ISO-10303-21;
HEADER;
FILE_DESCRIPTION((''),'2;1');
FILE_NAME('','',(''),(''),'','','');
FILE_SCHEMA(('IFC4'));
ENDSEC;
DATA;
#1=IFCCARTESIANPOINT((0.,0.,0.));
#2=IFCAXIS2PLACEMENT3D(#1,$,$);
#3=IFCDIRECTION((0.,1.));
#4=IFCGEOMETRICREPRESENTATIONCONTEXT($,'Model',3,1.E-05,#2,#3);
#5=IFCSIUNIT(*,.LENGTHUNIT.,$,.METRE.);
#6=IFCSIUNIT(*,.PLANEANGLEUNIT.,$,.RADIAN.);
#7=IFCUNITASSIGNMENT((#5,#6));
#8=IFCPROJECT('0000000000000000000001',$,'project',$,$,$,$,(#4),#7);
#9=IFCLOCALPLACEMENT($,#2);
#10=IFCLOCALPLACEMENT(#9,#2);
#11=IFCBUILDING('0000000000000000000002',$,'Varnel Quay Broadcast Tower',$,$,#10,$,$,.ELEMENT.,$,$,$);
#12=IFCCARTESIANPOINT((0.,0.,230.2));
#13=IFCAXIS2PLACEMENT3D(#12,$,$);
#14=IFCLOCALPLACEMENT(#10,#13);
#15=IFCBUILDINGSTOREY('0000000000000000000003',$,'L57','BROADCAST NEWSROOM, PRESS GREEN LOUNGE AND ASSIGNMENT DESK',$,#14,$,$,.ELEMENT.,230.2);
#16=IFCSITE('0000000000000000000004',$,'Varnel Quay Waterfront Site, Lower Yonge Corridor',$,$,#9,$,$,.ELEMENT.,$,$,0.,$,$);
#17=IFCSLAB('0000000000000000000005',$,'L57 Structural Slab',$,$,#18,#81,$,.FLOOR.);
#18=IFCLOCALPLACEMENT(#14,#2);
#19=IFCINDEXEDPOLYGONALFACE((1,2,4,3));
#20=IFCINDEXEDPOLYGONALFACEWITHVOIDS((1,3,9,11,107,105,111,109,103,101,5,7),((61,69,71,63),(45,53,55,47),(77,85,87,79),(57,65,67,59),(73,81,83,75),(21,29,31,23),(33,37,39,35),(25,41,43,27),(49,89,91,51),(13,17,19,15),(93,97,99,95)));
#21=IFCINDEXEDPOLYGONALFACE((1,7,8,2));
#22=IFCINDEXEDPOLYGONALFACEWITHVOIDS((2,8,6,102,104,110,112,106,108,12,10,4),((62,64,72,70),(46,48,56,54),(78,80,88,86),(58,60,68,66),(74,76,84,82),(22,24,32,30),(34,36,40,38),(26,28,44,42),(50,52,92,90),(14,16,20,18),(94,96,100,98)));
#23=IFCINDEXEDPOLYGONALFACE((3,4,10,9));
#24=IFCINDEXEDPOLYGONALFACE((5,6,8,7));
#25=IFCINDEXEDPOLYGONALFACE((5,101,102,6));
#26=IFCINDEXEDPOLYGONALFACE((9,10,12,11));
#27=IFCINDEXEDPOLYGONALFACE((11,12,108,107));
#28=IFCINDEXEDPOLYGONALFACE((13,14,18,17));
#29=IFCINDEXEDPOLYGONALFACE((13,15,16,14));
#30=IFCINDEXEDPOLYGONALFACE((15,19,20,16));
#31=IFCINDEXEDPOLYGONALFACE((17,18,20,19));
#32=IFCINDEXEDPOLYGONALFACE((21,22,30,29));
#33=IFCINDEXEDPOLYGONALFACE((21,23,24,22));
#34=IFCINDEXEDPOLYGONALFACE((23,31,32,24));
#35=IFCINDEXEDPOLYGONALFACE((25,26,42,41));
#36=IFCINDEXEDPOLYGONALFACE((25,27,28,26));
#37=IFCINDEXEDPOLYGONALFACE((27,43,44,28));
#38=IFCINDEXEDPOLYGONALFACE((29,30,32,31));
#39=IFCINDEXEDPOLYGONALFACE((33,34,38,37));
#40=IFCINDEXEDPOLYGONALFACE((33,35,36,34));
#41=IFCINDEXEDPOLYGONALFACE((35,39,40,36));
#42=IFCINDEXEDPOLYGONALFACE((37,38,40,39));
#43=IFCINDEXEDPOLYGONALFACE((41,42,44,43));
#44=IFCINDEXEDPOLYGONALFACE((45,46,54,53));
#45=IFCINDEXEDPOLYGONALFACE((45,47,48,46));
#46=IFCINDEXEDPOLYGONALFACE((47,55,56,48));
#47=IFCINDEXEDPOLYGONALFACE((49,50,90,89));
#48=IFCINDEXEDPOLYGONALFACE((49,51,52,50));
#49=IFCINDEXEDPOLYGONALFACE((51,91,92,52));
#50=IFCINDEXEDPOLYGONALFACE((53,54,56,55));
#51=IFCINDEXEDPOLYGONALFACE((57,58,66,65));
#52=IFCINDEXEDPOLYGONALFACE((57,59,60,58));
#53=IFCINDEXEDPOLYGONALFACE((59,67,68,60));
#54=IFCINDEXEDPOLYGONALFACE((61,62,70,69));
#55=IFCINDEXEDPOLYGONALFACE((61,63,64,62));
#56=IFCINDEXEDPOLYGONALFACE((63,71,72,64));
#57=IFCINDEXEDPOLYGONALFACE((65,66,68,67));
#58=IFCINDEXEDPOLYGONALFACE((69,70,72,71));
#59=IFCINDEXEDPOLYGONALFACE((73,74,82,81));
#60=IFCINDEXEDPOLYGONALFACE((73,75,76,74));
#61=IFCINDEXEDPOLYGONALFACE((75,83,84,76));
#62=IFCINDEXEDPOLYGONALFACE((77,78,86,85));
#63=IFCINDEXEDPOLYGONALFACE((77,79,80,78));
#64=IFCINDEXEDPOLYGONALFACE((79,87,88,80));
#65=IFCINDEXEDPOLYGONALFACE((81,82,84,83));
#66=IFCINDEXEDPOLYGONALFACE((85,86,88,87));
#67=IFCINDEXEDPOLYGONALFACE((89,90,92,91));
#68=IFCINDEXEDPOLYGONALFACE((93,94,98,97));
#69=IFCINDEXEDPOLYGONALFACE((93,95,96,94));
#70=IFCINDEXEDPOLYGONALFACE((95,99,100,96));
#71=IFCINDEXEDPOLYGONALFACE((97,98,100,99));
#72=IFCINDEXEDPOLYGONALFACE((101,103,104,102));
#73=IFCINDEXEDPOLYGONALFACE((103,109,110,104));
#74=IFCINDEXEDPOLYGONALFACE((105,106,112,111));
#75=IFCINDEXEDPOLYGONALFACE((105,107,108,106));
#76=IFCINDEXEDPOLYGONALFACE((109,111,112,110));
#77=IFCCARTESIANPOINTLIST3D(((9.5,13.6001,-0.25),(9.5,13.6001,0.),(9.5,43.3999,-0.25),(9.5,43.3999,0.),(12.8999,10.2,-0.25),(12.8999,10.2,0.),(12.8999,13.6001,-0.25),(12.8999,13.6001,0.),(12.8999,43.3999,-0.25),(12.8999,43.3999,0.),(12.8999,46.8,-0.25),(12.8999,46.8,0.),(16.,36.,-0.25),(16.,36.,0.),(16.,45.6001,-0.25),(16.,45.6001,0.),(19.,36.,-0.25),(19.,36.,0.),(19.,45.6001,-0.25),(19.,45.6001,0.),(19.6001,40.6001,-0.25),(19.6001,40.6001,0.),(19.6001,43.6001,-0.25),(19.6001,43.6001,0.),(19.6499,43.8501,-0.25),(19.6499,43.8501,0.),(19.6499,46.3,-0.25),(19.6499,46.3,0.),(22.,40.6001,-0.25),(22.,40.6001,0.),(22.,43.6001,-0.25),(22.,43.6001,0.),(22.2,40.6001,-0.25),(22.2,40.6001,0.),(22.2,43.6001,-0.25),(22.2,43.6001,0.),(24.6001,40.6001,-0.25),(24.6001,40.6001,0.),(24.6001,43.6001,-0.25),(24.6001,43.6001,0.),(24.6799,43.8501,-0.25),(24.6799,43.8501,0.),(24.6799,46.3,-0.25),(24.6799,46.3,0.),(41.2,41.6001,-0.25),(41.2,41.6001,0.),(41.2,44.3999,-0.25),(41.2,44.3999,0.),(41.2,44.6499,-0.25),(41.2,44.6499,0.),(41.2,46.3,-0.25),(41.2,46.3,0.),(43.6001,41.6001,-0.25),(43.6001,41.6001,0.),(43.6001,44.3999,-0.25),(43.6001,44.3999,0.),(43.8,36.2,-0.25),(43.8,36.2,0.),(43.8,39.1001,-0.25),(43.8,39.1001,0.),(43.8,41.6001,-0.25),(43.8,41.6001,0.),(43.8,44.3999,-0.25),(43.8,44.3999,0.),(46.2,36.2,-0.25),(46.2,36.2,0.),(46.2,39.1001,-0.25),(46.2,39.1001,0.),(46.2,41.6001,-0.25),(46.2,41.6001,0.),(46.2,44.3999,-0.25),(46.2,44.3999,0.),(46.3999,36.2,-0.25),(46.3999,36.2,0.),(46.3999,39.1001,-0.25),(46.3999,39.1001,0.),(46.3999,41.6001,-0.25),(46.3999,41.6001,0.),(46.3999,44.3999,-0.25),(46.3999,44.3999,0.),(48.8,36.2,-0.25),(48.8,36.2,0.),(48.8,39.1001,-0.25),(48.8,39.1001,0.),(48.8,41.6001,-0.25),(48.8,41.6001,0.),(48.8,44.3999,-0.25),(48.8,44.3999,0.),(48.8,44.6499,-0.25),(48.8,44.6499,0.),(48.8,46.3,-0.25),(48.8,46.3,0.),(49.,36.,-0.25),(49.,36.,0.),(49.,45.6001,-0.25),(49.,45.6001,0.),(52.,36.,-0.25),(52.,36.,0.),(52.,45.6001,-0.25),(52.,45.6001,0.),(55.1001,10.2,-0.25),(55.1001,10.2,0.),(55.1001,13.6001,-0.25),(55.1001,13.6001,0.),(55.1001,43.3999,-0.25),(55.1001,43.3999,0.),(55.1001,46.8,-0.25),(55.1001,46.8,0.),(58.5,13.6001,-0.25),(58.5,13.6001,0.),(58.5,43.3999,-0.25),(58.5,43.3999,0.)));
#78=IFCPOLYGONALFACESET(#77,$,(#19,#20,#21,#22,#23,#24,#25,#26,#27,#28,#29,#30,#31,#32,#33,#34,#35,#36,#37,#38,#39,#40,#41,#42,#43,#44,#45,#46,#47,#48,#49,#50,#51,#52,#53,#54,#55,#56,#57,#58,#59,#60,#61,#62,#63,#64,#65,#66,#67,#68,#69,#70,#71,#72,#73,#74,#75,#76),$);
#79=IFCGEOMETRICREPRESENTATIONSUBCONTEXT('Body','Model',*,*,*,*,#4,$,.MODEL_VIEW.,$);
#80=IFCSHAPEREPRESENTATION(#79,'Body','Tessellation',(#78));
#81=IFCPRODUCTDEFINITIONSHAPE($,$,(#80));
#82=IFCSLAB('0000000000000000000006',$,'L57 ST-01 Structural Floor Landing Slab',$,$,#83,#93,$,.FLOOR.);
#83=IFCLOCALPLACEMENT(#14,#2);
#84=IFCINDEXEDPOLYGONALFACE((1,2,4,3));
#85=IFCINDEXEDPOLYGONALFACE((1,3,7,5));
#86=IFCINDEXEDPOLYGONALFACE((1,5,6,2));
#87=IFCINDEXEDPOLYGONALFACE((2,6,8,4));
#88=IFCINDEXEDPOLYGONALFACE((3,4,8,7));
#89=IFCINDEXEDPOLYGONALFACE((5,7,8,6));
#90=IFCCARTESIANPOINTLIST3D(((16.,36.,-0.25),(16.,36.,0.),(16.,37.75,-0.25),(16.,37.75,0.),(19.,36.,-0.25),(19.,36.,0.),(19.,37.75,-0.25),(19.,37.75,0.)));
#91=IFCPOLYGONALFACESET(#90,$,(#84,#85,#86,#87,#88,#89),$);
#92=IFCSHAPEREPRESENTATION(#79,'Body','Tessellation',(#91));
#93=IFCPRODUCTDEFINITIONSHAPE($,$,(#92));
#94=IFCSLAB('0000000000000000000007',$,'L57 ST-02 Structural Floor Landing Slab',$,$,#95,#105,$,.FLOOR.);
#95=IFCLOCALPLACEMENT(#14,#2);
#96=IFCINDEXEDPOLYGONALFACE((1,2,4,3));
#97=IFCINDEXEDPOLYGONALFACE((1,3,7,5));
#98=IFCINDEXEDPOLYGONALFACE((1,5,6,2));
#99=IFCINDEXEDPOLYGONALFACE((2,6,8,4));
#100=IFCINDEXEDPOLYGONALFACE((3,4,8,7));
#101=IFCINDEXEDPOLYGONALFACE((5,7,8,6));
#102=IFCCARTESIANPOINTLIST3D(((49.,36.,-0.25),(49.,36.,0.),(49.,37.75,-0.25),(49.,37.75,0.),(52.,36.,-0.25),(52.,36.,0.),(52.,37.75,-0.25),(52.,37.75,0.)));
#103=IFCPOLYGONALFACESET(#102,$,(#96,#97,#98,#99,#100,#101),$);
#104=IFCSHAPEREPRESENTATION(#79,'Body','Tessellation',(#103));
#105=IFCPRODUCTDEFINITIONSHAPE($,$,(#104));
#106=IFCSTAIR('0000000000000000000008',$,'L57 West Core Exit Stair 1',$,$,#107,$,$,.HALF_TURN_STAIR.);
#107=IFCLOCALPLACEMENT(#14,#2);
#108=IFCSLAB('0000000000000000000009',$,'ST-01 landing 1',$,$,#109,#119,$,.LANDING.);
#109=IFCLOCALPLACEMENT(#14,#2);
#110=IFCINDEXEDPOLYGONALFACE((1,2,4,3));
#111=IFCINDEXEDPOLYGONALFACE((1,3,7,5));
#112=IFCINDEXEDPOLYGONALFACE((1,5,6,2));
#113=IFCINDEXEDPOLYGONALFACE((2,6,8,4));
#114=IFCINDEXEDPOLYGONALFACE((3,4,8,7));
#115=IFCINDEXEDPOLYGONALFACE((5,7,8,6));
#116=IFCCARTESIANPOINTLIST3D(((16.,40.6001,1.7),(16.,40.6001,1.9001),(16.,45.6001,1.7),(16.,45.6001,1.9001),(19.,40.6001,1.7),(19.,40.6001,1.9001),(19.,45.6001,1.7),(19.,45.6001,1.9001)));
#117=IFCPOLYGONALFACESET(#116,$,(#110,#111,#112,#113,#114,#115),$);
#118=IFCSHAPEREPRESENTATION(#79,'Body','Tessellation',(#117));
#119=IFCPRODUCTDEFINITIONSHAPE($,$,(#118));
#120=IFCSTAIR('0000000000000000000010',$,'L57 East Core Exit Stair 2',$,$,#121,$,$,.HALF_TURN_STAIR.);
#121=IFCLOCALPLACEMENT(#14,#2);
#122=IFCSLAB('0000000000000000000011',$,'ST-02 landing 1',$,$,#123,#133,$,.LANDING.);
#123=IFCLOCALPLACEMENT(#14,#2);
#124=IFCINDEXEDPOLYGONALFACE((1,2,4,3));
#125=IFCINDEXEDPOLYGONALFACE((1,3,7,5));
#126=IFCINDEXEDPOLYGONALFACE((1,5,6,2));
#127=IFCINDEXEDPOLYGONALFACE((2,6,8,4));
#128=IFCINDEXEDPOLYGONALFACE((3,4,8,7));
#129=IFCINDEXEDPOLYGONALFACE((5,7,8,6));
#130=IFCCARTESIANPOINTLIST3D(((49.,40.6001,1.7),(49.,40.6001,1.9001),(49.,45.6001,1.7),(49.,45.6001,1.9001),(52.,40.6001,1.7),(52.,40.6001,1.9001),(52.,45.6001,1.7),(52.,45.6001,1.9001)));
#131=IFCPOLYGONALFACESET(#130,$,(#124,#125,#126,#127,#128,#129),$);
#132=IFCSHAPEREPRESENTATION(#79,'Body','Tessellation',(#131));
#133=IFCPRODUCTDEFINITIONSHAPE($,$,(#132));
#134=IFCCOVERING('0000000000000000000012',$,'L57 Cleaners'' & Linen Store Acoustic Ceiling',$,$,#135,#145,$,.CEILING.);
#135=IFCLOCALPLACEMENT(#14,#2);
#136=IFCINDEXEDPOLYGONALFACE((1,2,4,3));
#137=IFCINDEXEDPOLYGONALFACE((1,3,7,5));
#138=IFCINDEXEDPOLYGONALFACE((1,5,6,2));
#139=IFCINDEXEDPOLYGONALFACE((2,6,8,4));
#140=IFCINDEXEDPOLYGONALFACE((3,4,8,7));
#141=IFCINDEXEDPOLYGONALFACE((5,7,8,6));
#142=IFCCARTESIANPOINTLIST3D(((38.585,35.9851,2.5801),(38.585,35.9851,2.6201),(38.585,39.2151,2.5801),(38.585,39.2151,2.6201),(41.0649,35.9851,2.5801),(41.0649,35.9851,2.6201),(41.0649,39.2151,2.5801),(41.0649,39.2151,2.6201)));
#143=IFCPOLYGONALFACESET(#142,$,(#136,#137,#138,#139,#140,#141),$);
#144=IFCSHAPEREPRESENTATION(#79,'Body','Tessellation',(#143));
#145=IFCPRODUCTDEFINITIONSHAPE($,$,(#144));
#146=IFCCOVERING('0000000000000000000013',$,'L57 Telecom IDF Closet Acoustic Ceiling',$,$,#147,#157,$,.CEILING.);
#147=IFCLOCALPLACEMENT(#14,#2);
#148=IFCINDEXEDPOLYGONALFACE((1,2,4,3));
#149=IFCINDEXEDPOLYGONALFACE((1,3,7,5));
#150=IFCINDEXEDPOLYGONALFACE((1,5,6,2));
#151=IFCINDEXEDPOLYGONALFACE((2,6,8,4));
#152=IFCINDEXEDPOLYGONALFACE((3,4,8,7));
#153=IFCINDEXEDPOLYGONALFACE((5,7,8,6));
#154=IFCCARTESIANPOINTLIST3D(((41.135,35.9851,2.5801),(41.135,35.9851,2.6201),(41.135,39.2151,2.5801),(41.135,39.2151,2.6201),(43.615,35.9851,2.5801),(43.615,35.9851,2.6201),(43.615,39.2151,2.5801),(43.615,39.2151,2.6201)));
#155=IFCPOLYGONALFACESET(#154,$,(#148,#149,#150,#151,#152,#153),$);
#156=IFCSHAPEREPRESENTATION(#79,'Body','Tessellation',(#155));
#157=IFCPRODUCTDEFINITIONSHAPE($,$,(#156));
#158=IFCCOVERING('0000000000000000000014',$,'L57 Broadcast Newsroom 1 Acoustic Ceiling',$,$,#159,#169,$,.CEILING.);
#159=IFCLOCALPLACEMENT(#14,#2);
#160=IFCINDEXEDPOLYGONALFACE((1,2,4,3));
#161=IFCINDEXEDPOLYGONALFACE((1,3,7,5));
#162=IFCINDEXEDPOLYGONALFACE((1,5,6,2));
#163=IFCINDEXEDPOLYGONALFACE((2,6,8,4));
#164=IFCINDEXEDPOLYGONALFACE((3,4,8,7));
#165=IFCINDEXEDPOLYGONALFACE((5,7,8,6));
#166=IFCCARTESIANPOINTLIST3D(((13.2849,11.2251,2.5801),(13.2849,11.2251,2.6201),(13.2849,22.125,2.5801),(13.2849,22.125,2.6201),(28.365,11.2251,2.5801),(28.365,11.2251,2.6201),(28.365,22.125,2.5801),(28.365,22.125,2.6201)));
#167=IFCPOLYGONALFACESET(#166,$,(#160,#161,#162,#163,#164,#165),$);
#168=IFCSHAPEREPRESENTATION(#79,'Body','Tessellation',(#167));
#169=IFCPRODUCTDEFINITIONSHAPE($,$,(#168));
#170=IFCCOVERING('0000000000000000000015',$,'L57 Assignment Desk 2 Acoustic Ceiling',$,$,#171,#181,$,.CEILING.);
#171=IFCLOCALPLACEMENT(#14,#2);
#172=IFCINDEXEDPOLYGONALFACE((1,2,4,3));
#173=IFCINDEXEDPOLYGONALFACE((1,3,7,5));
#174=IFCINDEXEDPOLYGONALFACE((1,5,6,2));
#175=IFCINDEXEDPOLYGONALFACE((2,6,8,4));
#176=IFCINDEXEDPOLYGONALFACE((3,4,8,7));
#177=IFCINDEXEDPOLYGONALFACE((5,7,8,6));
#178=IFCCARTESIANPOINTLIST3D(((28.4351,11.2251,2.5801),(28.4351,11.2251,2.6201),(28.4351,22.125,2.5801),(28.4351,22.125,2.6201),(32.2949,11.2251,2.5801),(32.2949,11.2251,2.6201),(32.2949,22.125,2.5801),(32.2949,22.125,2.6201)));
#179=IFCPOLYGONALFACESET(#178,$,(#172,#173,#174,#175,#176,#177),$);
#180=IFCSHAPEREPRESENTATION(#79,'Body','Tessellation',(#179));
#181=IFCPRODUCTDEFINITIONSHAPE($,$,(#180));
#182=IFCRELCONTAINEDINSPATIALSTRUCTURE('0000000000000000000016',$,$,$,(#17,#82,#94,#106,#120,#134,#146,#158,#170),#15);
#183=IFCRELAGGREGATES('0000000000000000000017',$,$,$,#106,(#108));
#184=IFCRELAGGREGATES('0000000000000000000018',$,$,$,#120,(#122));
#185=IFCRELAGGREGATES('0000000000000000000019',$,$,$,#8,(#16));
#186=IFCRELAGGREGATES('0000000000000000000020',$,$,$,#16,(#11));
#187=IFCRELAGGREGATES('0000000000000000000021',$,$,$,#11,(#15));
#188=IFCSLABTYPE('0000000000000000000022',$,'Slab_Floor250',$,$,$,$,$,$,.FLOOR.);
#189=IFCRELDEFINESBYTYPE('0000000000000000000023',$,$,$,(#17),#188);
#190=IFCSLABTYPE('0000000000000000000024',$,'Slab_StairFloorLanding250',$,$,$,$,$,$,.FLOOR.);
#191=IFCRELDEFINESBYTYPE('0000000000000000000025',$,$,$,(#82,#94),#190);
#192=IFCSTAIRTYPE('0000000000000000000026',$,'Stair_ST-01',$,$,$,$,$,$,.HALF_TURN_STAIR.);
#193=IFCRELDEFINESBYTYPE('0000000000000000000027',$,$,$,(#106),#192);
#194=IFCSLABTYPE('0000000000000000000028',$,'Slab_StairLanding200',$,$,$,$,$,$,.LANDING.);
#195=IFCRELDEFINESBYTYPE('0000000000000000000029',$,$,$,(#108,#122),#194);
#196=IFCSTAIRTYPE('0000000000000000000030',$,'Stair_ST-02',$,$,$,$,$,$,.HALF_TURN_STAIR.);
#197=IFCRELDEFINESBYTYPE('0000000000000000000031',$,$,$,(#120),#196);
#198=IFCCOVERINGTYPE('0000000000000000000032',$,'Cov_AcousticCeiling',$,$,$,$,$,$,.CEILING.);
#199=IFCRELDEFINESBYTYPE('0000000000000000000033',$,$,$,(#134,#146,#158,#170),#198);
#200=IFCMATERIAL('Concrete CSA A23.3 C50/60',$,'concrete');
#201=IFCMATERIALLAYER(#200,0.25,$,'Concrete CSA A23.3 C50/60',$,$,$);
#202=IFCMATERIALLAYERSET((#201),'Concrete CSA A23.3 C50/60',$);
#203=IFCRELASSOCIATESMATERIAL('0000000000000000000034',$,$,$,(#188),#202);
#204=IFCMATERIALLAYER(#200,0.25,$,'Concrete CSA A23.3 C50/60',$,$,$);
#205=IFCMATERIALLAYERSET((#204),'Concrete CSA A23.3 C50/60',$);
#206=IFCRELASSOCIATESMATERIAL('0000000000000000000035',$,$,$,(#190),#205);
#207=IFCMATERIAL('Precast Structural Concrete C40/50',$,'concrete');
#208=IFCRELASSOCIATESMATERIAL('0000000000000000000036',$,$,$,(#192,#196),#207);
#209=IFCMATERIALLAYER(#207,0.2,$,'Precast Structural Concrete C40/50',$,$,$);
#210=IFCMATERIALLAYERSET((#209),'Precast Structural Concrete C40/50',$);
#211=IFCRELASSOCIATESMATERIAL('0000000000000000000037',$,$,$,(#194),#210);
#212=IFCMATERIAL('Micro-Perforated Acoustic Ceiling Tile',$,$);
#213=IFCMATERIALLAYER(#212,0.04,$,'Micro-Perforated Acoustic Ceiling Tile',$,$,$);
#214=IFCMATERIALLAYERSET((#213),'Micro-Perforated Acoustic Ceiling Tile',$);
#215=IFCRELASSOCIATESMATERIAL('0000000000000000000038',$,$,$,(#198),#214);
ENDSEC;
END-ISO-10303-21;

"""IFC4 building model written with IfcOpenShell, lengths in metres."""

from ifc_helpers import new_model, si_unit, direction, frame, origin, place, context, subcontext, project, spatial, polyline, outline, extrude, material, layer, layer_set, type_object, element, aggregate, save


model = new_model("IFC4")

# Units and contexts
model_context = context("Model", 3, precision=1e-05, world=origin(), true_north=direction((0.0, 1.0)))
body_context = subcontext(model_context, "Body", "Model", "MODEL_VIEW")
ifc_project = project(units=[si_unit("LENGTHUNIT", "METRE"), si_unit("PLANEANGLEUNIT", "RADIAN")], contexts=[model_context])

# Site, building, storey
site_placement = place(None, origin())
site = spatial("IfcSite", under=ifc_project, at=site_placement, Name="Varnel Quay Waterfront Site, Lower Yonge Corridor", CompositionType="ELEMENT", RefElevation=0.0)
building_placement = place(site_placement, origin())
building = spatial("IfcBuilding", under=site, at=building_placement, Name="Varnel Quay Broadcast Tower", CompositionType="ELEMENT")
storey_placement = place(building_placement, frame((0.0, 0.0, 230.2)))
storey = spatial("IfcBuildingStorey", under=building, at=storey_placement, Name="L57", Description="BROADCAST NEWSROOM, PRESS GREEN LOUNGE AND ASSIGNMENT DESK", CompositionType="ELEMENT", Elevation=230.2)

# Slabs
ifc_material_1 = material(Name="Concrete CSA A23.3 C50/60", Category="concrete")
ifc_layer_1 = layer(ifc_material_1, 0.25, Name="Concrete CSA A23.3 C50/60")
ifc_layer_set_1 = layer_set([ifc_layer_1], Name="Concrete CSA A23.3 C50/60")
slab_type_1 = type_object("IfcSlabType", Name="Slab_Floor250", PredefinedType="FLOOR", material=ifc_layer_set_1)
slab_1_placement = place(storey_placement, frame((0.0, 0.0, -0.25)))
element("IfcSlab", 1, at=slab_1_placement, inside=storey, type_object=slab_type_1, Name="L57 Structural Slab", PredefinedType="FLOOR", context=body_context, shape_type="SweptSolid", body=[
    extrude(outline(polyline([(12.8999, 10.2), (55.1001, 10.2), (55.1001, 13.6001), (58.5, 13.6001), (58.5, 43.3999), (55.1001, 43.3999), (55.1001, 46.8), (12.8999, 46.8), (12.8999, 43.3999), (9.5, 43.3999), (9.5, 13.6001), (12.8999, 13.6001), (12.8999, 10.2)]), holes=[polyline([(19.0, 36.0), (16.0, 36.0), (16.0, 45.6001), (19.0, 45.6001), (19.0, 36.0)]), polyline([(19.6001, 40.6001), (19.6001, 43.6001), (22.0, 43.6001), (22.0, 40.6001), (19.6001, 40.6001)]), polyline([(22.2, 40.6001), (22.2, 43.6001), (24.6001, 43.6001), (24.6001, 40.6001), (22.2, 40.6001)]), polyline([(41.2, 44.3999), (43.6001, 44.3999), (43.6001, 41.6001), (41.2, 41.6001), (41.2, 44.3999)]), polyline([(43.8, 44.3999), (46.2, 44.3999), (46.2, 41.6001), (43.8, 41.6001), (43.8, 44.3999)]), polyline([(19.6499, 43.8501), (19.6499, 46.3), (24.6799, 46.3), (24.6799, 43.8501), (19.6499, 43.8501)]), polyline([(43.8, 39.1001), (46.2, 39.1001), (46.2, 36.2), (43.8, 36.2), (43.8, 39.1001)]), polyline([(46.3999, 39.1001), (48.8, 39.1001), (48.8, 36.2), (46.3999, 36.2), (46.3999, 39.1001)]), polyline([(52.0, 36.0), (49.0, 36.0), (49.0, 45.6001), (52.0, 45.6001), (52.0, 36.0)]), polyline([(46.3999, 44.3999), (48.8, 44.3999), (48.8, 41.6001), (46.3999, 41.6001), (46.3999, 44.3999)]), polyline([(41.2, 46.3), (48.8, 46.3), (48.8, 44.6499), (41.2, 44.6499), (41.2, 46.3)])]), origin(), (0.0, 0.0, 1.0), 0.25),
])
ifc_layer_2 = layer(ifc_material_1, 0.25, Name="Concrete CSA A23.3 C50/60")
ifc_layer_set_2 = layer_set([ifc_layer_2], Name="Concrete CSA A23.3 C50/60")
slab_type_2 = type_object("IfcSlabType", Name="Slab_StairFloorLanding250", PredefinedType="FLOOR", material=ifc_layer_set_2)
slab_2_placement = place(storey_placement, frame((0.0, 0.0, -0.25)))
element("IfcSlab", 2, at=slab_2_placement, inside=storey, type_object=slab_type_2, Name="L57 ST-01 Structural Floor Landing Slab", PredefinedType="FLOOR", context=body_context, shape_type="SweptSolid", body=[
    extrude(outline(polyline([(19.0, 36.0), (19.0, 37.75), (16.0, 37.75), (16.0, 36.0), (19.0, 36.0)])), origin(), (0.0, 0.0, 1.0), 0.25),
])
slab_3_placement = place(storey_placement, frame((0.0, 0.0, -0.25)))
element("IfcSlab", 3, at=slab_3_placement, inside=storey, type_object=slab_type_2, Name="L57 ST-02 Structural Floor Landing Slab", PredefinedType="FLOOR", context=body_context, shape_type="SweptSolid", body=[
    extrude(outline(polyline([(52.0, 36.0), (52.0, 37.75), (49.0, 37.75), (49.0, 36.0), (52.0, 36.0)])), origin(), (0.0, 0.0, 1.0), 0.25),
])

# Stairs, slabs
ifc_material_2 = material(Name="Precast Structural Concrete C40/50", Category="concrete")
stair_type_1 = type_object("IfcStairType", Name="Stair_ST-01", PredefinedType="HALF_TURN_STAIR", material=ifc_material_2)
stair_1_placement = place(storey_placement, origin())
stair_1 = element("IfcStair", 4, at=stair_1_placement, inside=storey, type_object=stair_type_1, Name="L57 West Core Exit Stair 1", PredefinedType="HALF_TURN_STAIR")
ifc_layer_3 = layer(ifc_material_2, 0.2, Name="Precast Structural Concrete C40/50")
ifc_layer_set_3 = layer_set([ifc_layer_3], Name="Precast Structural Concrete C40/50")
slab_type_3 = type_object("IfcSlabType", Name="Slab_StairLanding200", PredefinedType="LANDING", material=ifc_layer_set_3)
slab_4_placement = place(storey_placement, frame((0.0, 0.0, 1.7)))
slab_4 = element("IfcSlab", 5, at=slab_4_placement, type_object=slab_type_3, Name="ST-01 landing 1", PredefinedType="LANDING", context=body_context, shape_type="SweptSolid", body=[
    extrude(outline(polyline([(19.0, 40.6001), (19.0, 45.6001), (16.0, 45.6001), (16.0, 40.6001), (19.0, 40.6001)])), origin(), (0.0, 0.0, 1.0), 0.2002),
])
aggregate(stair_1, [slab_4])
stair_type_2 = type_object("IfcStairType", Name="Stair_ST-02", PredefinedType="HALF_TURN_STAIR", material=ifc_material_2)
stair_2_placement = place(storey_placement, origin())
stair_2 = element("IfcStair", 6, at=stair_2_placement, inside=storey, type_object=stair_type_2, Name="L57 East Core Exit Stair 2", PredefinedType="HALF_TURN_STAIR")
slab_5_placement = place(storey_placement, frame((0.0, 0.0, 1.7)))
slab_5 = element("IfcSlab", 7, at=slab_5_placement, type_object=slab_type_3, Name="ST-02 landing 1", PredefinedType="LANDING", context=body_context, shape_type="SweptSolid", body=[
    extrude(outline(polyline([(52.0, 40.6001), (52.0, 45.6001), (49.0, 45.6001), (49.0, 40.6001), (52.0, 40.6001)])), origin(), (0.0, 0.0, 1.0), 0.2002),
])
aggregate(stair_2, [slab_5])

# Coverings
ifc_material_3 = material(Name="Micro-Perforated Acoustic Ceiling Tile")
ifc_layer_4 = layer(ifc_material_3, 0.04, Name="Micro-Perforated Acoustic Ceiling Tile")
ifc_layer_set_4 = layer_set([ifc_layer_4], Name="Micro-Perforated Acoustic Ceiling Tile")
covering_type_1 = type_object("IfcCoveringType", Name="Cov_AcousticCeiling", PredefinedType="CEILING", material=ifc_layer_set_4)
covering_1_placement = place(storey_placement, frame((0.0, 0.0, 2.5801)))
element("IfcCovering", 8, at=covering_1_placement, inside=storey, type_object=covering_type_1, Name="L57 Cleaners' & Linen Store Acoustic Ceiling", PredefinedType="CEILING", context=body_context, shape_type="SweptSolid", body=[
    extrude(outline(polyline([(38.585, 35.9851), (41.0649, 35.9851), (41.0649, 39.2151), (38.585, 39.2151), (38.585, 35.9851)])), origin(), (0.0, 0.0, 1.0), 0.04),
])
covering_2_placement = place(storey_placement, frame((0.0, 0.0, 2.5801)))
element("IfcCovering", 9, at=covering_2_placement, inside=storey, type_object=covering_type_1, Name="L57 Telecom IDF Closet Acoustic Ceiling", PredefinedType="CEILING", context=body_context, shape_type="SweptSolid", body=[
    extrude(outline(polyline([(41.135, 35.9851), (43.615, 35.9851), (43.615, 39.2151), (41.135, 39.2151), (41.135, 35.9851)])), origin(), (0.0, 0.0, 1.0), 0.04),
])
covering_3_placement = place(storey_placement, frame((0.0, 0.0, 2.5801)))
element("IfcCovering", 10, at=covering_3_placement, inside=storey, type_object=covering_type_1, Name="L57 Broadcast Newsroom 1 Acoustic Ceiling", PredefinedType="CEILING", context=body_context, shape_type="SweptSolid", body=[
    extrude(outline(polyline([(13.2849, 11.2251), (28.365, 11.2251), (28.365, 22.125), (13.2849, 22.125), (13.2849, 11.2251)])), origin(), (0.0, 0.0, 1.0), 0.04),
])
covering_4_placement = place(storey_placement, frame((0.0, 0.0, 2.5801)))
element("IfcCovering", 11, at=covering_4_placement, inside=storey, type_object=covering_type_1, Name="L57 Assignment Desk 2 Acoustic Ceiling", PredefinedType="CEILING", context=body_context, shape_type="SweptSolid", body=[
    extrude(outline(polyline([(28.4351, 11.2251), (32.2949, 11.2251), (32.2949, 22.125), (28.4351, 22.125), (28.4351, 11.2251)])), origin(), (0.0, 0.0, 1.0), 0.04),
])

save(model, "model.ifc")
